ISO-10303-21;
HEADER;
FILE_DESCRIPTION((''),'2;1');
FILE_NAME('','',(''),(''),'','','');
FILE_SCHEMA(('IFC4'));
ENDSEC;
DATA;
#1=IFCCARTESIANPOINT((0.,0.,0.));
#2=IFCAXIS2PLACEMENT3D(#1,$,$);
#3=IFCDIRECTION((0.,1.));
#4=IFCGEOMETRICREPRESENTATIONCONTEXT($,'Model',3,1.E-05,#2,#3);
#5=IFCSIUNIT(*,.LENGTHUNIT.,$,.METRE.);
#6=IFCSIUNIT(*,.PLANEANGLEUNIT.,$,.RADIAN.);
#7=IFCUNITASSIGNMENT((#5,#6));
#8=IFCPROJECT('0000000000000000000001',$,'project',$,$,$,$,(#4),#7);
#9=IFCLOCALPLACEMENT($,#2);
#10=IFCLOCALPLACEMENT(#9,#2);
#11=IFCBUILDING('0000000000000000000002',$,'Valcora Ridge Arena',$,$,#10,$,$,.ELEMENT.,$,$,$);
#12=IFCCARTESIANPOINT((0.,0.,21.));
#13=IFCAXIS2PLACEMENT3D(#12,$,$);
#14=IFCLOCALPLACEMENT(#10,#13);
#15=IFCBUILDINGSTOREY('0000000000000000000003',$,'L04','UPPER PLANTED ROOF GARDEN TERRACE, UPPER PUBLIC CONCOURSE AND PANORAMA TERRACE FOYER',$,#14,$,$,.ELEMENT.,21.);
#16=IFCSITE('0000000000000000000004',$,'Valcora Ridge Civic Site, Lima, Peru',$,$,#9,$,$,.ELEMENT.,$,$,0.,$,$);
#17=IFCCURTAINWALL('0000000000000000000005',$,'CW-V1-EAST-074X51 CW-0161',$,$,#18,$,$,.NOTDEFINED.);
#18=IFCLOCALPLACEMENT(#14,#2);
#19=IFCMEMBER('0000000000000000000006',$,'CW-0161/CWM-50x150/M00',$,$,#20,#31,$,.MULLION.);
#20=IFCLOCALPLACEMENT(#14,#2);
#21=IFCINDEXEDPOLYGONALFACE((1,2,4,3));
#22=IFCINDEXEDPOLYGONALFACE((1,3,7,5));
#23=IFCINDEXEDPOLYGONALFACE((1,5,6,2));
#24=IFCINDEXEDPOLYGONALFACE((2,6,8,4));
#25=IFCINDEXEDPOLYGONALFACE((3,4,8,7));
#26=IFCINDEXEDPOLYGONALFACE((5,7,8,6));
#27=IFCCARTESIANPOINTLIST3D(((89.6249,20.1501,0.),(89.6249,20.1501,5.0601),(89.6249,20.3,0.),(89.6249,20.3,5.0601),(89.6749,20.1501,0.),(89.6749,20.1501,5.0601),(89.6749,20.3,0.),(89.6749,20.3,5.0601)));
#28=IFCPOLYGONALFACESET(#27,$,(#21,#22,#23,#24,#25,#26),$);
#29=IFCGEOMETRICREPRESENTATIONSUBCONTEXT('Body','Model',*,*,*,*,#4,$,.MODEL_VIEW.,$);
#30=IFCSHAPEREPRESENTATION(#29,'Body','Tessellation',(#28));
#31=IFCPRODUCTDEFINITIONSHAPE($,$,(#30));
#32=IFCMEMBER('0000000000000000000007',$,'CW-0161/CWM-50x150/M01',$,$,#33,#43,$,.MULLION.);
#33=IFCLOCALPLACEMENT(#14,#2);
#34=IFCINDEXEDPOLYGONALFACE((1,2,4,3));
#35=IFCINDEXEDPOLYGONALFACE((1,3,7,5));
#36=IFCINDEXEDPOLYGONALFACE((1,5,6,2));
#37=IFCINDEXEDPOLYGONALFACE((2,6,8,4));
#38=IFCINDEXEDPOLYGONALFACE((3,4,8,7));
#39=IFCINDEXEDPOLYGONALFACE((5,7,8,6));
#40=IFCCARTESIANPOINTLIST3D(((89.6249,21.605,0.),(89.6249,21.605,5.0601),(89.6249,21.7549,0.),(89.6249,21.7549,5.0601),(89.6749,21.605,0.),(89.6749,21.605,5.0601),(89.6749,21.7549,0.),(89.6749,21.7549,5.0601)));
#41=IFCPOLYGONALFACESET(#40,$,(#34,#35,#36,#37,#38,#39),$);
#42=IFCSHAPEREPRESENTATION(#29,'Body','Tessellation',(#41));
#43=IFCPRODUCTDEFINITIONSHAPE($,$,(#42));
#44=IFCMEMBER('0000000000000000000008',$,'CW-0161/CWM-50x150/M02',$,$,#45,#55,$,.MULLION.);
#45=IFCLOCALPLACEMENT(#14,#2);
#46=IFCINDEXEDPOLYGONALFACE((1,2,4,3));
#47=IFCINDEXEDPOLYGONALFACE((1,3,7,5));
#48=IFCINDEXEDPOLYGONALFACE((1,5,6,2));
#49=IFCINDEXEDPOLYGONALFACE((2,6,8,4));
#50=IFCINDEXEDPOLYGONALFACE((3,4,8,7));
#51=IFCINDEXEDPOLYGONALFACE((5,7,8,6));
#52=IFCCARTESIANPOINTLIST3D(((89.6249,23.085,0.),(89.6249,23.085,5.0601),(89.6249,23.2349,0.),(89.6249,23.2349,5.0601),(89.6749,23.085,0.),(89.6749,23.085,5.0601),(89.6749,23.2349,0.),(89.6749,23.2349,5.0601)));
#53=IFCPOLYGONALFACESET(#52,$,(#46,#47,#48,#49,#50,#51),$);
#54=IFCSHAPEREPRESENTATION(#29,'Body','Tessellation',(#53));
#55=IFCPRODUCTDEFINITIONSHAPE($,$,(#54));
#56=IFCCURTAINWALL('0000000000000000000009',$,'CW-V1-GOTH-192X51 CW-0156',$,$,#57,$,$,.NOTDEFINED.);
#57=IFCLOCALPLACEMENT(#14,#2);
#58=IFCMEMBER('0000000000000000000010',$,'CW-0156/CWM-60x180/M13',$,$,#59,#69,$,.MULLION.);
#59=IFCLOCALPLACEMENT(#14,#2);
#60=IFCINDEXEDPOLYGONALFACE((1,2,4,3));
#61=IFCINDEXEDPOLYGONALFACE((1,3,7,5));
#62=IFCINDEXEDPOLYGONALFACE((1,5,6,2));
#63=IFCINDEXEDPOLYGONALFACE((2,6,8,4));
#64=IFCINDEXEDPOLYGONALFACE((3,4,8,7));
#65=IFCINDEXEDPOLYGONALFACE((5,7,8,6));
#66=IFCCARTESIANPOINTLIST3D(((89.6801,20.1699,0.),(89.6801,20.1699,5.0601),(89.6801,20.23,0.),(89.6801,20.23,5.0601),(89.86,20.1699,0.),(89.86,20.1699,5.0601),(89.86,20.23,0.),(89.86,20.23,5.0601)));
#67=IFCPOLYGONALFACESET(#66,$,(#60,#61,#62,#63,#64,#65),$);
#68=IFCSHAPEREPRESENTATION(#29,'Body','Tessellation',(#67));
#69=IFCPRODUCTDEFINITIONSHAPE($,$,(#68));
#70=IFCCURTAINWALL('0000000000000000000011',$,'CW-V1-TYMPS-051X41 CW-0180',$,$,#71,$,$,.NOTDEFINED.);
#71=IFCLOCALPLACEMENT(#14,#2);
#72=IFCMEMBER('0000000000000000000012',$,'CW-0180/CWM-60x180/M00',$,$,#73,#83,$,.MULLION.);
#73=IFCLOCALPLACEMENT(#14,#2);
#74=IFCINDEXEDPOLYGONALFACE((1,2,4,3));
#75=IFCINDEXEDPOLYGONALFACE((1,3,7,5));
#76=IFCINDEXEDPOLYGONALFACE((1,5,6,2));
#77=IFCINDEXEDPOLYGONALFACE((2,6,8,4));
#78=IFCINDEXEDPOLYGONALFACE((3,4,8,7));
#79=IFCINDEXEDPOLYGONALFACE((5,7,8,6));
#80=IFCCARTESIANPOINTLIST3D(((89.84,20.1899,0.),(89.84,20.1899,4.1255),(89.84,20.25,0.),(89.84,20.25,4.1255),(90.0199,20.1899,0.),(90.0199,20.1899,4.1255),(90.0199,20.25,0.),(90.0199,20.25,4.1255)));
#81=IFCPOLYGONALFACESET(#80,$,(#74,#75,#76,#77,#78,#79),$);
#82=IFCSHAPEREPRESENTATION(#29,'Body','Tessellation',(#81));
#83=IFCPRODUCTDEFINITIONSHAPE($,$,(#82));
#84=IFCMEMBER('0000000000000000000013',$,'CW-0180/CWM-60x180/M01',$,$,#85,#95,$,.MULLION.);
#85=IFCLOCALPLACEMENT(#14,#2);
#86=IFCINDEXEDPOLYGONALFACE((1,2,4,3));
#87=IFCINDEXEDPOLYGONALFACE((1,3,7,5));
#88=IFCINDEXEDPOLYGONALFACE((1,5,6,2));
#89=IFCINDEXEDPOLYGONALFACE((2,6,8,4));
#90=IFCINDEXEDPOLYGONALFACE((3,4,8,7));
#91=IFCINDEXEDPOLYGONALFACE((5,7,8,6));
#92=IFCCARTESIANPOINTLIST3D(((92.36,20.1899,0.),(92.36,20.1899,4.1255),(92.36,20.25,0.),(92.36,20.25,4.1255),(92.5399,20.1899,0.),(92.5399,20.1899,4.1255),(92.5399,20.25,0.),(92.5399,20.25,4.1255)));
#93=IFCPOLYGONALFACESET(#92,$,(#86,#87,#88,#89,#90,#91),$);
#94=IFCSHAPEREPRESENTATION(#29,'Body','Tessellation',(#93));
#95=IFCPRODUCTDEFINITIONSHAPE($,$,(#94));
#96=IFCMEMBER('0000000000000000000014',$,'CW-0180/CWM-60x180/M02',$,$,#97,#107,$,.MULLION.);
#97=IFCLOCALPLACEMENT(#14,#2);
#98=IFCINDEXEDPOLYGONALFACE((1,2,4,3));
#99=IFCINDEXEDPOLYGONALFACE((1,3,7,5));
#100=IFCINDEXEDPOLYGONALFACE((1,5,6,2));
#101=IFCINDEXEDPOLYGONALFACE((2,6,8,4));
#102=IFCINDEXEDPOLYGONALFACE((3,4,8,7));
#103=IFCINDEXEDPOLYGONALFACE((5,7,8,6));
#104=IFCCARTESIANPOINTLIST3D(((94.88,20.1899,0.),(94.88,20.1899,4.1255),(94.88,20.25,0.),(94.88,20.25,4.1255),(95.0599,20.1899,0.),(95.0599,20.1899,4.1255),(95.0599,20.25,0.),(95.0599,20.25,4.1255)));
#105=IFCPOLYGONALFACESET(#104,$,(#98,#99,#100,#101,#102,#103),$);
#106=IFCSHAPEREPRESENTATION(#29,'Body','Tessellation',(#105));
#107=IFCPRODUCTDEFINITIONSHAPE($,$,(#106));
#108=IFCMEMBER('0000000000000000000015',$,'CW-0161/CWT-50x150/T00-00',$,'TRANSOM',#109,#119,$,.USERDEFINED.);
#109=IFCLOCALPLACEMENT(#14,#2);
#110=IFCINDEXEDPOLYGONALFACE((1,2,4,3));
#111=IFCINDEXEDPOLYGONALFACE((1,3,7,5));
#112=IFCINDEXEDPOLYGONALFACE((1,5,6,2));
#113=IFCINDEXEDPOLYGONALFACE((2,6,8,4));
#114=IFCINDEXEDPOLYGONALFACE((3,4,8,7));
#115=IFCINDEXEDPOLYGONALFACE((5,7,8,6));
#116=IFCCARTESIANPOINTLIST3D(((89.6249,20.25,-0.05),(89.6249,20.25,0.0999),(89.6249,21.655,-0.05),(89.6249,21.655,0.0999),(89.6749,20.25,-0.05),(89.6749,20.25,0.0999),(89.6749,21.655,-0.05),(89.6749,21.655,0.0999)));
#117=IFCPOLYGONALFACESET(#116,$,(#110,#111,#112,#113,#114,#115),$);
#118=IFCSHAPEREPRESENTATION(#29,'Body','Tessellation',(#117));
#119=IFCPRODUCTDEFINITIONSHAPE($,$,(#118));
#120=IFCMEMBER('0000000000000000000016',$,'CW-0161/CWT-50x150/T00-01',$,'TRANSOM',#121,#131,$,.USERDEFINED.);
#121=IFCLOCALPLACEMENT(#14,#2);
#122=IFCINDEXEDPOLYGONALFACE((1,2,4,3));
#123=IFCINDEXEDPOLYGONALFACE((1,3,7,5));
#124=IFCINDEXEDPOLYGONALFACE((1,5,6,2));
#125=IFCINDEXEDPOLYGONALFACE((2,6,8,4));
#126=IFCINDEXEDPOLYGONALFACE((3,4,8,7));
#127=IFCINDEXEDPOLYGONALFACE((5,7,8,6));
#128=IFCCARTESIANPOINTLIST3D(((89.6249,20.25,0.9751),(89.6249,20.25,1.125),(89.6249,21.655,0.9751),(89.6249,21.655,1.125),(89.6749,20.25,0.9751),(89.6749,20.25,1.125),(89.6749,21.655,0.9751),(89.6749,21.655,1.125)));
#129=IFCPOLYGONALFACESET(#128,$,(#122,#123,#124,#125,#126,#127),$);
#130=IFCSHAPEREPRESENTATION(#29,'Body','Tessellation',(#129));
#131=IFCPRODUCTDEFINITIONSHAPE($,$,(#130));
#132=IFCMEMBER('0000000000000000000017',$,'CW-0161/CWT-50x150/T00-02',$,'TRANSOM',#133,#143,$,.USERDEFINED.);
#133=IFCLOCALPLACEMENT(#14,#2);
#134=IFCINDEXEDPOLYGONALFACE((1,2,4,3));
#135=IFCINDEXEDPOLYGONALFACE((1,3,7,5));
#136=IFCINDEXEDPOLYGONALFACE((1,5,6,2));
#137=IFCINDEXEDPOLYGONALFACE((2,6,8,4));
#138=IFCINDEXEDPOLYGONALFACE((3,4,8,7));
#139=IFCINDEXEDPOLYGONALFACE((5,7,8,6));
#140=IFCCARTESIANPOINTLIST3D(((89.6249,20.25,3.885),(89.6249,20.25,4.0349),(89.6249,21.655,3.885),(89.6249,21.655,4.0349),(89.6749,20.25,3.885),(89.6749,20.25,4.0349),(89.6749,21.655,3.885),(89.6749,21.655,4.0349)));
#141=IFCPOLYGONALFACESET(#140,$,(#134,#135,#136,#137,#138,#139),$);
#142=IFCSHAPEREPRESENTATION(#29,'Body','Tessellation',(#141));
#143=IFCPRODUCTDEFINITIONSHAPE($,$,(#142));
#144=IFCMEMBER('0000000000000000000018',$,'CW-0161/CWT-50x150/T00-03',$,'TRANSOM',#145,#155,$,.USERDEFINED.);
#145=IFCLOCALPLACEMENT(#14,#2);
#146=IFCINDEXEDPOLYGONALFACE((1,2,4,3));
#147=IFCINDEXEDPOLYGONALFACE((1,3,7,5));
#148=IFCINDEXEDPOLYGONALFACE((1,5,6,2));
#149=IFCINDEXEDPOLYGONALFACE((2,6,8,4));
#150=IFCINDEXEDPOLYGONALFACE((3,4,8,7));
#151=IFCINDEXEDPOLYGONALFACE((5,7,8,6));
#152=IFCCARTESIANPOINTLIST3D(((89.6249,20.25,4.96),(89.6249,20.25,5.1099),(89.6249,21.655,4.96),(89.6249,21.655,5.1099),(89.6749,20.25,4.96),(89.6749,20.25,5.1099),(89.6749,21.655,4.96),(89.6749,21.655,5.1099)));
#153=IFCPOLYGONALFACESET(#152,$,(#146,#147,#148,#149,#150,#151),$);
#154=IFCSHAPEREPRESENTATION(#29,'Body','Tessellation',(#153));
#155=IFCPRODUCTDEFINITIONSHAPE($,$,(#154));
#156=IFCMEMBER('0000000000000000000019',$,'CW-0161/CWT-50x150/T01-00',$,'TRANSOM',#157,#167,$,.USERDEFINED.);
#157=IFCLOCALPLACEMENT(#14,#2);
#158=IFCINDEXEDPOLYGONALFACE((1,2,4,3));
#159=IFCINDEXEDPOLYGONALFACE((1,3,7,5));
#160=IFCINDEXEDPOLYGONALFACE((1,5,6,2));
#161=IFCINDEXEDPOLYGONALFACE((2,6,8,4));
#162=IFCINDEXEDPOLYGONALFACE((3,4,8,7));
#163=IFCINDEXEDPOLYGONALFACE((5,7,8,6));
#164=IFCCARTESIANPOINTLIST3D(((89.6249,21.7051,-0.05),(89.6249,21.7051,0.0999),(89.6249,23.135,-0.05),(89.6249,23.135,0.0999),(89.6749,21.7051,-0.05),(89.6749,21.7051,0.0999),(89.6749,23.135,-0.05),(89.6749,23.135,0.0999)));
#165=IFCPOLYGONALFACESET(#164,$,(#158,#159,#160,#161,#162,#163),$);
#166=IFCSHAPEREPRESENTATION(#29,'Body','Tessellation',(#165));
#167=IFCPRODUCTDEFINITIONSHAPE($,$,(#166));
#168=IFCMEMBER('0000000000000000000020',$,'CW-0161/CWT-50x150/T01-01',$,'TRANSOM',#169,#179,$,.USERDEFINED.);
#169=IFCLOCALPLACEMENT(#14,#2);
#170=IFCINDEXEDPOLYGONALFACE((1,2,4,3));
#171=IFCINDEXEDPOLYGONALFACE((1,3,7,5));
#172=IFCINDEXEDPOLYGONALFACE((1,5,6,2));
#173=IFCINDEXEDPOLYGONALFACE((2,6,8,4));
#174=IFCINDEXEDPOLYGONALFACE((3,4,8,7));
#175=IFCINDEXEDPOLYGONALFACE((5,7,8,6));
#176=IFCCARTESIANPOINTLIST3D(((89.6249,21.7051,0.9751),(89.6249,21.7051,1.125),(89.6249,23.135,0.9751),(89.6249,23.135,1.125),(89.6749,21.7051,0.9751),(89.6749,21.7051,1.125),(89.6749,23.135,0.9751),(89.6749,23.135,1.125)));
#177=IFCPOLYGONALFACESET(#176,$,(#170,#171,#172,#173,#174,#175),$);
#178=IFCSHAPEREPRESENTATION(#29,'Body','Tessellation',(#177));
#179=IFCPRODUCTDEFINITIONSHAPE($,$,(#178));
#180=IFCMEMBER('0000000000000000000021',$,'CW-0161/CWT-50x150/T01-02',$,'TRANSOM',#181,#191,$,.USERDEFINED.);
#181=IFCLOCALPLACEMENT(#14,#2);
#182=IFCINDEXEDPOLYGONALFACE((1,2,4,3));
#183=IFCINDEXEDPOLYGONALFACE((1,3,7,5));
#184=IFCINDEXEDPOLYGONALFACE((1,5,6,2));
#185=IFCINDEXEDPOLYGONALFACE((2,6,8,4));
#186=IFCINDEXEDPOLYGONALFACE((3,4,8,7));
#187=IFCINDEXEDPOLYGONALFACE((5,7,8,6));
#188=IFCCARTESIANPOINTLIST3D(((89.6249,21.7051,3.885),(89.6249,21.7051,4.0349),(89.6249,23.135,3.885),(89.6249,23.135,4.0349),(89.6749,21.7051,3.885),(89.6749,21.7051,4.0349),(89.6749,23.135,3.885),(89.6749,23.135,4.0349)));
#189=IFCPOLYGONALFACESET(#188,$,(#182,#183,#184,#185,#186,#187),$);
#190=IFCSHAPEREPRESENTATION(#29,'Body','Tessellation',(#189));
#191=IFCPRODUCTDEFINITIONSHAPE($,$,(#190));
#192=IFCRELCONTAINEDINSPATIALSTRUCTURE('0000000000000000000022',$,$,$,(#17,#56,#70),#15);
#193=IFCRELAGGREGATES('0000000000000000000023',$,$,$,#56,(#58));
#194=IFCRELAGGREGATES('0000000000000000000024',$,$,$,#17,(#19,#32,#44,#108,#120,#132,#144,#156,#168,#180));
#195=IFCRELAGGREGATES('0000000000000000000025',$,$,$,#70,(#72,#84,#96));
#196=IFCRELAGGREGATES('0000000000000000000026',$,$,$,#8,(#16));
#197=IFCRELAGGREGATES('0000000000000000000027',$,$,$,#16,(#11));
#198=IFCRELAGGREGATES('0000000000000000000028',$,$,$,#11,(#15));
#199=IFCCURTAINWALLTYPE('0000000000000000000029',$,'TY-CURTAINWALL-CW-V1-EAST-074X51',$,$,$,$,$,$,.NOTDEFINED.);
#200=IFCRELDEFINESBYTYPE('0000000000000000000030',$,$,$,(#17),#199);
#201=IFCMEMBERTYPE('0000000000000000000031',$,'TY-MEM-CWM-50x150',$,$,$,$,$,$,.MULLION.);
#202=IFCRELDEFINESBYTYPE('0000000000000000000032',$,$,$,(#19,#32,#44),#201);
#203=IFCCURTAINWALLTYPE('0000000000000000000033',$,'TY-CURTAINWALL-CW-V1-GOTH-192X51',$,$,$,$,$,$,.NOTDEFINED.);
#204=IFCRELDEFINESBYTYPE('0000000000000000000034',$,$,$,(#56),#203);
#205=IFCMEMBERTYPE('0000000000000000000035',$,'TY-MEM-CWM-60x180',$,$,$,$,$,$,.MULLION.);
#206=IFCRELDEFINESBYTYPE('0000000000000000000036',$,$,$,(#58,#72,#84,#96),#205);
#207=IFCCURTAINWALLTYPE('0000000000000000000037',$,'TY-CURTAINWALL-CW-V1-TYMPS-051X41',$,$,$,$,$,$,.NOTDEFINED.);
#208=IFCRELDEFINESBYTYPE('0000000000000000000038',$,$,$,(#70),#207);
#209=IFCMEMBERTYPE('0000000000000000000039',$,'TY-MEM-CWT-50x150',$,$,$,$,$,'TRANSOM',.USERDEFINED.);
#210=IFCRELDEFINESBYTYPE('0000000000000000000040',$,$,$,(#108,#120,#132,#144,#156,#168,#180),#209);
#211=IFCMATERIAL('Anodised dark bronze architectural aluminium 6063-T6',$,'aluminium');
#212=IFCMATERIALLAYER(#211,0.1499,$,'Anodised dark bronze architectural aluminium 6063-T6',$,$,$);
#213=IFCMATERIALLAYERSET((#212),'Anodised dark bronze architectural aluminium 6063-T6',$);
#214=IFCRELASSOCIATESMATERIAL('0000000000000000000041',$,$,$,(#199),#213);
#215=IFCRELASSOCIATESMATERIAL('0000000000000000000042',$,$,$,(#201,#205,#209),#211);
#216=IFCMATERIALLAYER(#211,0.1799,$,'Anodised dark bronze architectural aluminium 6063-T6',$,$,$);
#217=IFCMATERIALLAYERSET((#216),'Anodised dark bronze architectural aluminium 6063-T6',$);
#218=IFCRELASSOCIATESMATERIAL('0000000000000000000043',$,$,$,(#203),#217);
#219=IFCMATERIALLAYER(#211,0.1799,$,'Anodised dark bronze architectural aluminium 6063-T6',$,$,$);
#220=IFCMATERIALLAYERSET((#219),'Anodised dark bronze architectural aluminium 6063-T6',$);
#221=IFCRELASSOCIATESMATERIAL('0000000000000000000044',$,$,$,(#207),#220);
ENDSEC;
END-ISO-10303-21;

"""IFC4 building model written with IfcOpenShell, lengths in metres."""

from ifc_helpers import new_model, si_unit, direction, frame, origin, origin_2d, place, context, subcontext, project, spatial, rectangle, extrude, material, layer, layer_set, material_profile, profile_set, type_object, element, aggregate, save


model = new_model("IFC4")

# Units and contexts
model_context = context("Model", 3, precision=1e-05, world=origin(), true_north=direction((0.0, 1.0)))
body_context = subcontext(model_context, "Body", "Model", "MODEL_VIEW")
ifc_project = project(units=[si_unit("LENGTHUNIT", "METRE"), si_unit("PLANEANGLEUNIT", "RADIAN")], contexts=[model_context])

# Site, building, storey
site_placement = place(None, origin())
site = spatial("IfcSite", under=ifc_project, at=site_placement, Name="Valcora Ridge Civic Site, Lima, Peru", CompositionType="ELEMENT", RefElevation=0.0)
building_placement = place(site_placement, origin())
building = spatial("IfcBuilding", under=site, at=building_placement, Name="Valcora Ridge Arena", CompositionType="ELEMENT")
storey_placement = place(building_placement, frame((0.0, 0.0, 21.0)))
storey = spatial("IfcBuildingStorey", under=building, at=storey_placement, Name="L04", Description="UPPER PLANTED ROOF GARDEN TERRACE, UPPER PUBLIC CONCOURSE AND PANORAMA TERRACE FOYER", CompositionType="ELEMENT", Elevation=21.0)

# Curtain wall, members
ifc_material_1 = material(Name="Anodised dark bronze architectural aluminium 6063-T6", Category="aluminium")
ifc_layer_1 = layer(ifc_material_1, 0.1499, Name="Anodised dark bronze architectural aluminium 6063-T6")
ifc_layer_set_1 = layer_set([ifc_layer_1], Name="Anodised dark bronze architectural aluminium 6063-T6")
curtain_wall_type_1 = type_object("IfcCurtainWallType", Name="TY-CURTAINWALL-CW-V1-EAST-074X51", PredefinedType="NOTDEFINED", material=ifc_layer_set_1)
curtain_wall_1_placement = place(storey_placement, origin())
curtain_wall_1 = element("IfcCurtainWall", 1, at=curtain_wall_1_placement, inside=storey, type_object=curtain_wall_type_1, Name="CW-V1-EAST-074X51 CW-0161", PredefinedType="NOTDEFINED")
ifc_material_profile_1 = material_profile(ifc_material_1, rectangle(XDim=0.05, YDim=0.1499, at=origin_2d()), Name="ALU MULLION 50x150")
ifc_profile_set_1 = profile_set([ifc_material_profile_1], Name="Anodised dark bronze architectural aluminium 6063-T6")
member_type_1 = type_object("IfcMemberType", Name="TY-MEM-CWM-50x150", PredefinedType="MULLION", material=ifc_profile_set_1)
member_1_placement = place(storey_placement, frame((89.6499, 20.2251, 0.0), z_axis=(0.0, 0.0, 1.0), x_axis=(-1.0, 0.0, 0.0)))
member_1 = element("IfcMember", 2, at=member_1_placement, type_object=member_type_1, Name="CW-0161/CWM-50x150/M00", PredefinedType="MULLION", context=body_context, shape_type="SweptSolid", body=[
    extrude(rectangle(XDim=0.05, YDim=0.1499, at=origin_2d()), origin(), (0.0, 0.0, 1.0), 5.0601),
])
member_2_placement = place(storey_placement, frame((89.6499, 21.6799, 0.0), z_axis=(0.0, 0.0, 1.0), x_axis=(-1.0, 0.0, 0.0)))
member_2 = element("IfcMember", 3, at=member_2_placement, type_object=member_type_1, Name="CW-0161/CWM-50x150/M01", PredefinedType="MULLION", context=body_context, shape_type="SweptSolid", body=[
    extrude(rectangle(XDim=0.05, YDim=0.1499, at=origin_2d()), origin(), (0.0, 0.0, 1.0), 5.0601),
])
member_3_placement = place(storey_placement, frame((89.6499, 23.1599, 0.0), z_axis=(0.0, 0.0, 1.0), x_axis=(-1.0, 0.0, 0.0)))
member_3 = element("IfcMember", 4, at=member_3_placement, type_object=member_type_1, Name="CW-0161/CWM-50x150/M02", PredefinedType="MULLION", context=body_context, shape_type="SweptSolid", body=[
    extrude(rectangle(XDim=0.05, YDim=0.1499, at=origin_2d()), origin(), (0.0, 0.0, 1.0), 5.0601),
])

# Curtain wall, member
ifc_layer_2 = layer(ifc_material_1, 0.1799, Name="Anodised dark bronze architectural aluminium 6063-T6")
ifc_layer_set_2 = layer_set([ifc_layer_2], Name="Anodised dark bronze architectural aluminium 6063-T6")
curtain_wall_type_2 = type_object("IfcCurtainWallType", Name="TY-CURTAINWALL-CW-V1-GOTH-192X51", PredefinedType="NOTDEFINED", material=ifc_layer_set_2)
curtain_wall_2_placement = place(storey_placement, origin())
curtain_wall_2 = element("IfcCurtainWall", 5, at=curtain_wall_2_placement, inside=storey, type_object=curtain_wall_type_2, Name="CW-V1-GOTH-192X51 CW-0156", PredefinedType="NOTDEFINED")
ifc_material_profile_2 = material_profile(ifc_material_1, rectangle(XDim=0.0601, YDim=0.1799, at=origin_2d()), Name="ALU MULLION 60x180")
ifc_profile_set_2 = profile_set([ifc_material_profile_2], Name="Anodised dark bronze architectural aluminium 6063-T6")
member_type_2 = type_object("IfcMemberType", Name="TY-MEM-CWM-60x180", PredefinedType="MULLION", material=ifc_profile_set_2)
member_4_placement = place(storey_placement, frame((89.77, 20.2, 0.0), z_axis=(0.0, 0.0, 1.0), x_axis=(0.0, 1.0, 0.0)))
member_4 = element("IfcMember", 6, at=member_4_placement, type_object=member_type_2, Name="CW-0156/CWM-60x180/M13", PredefinedType="MULLION", context=body_context, shape_type="SweptSolid", body=[
    extrude(rectangle(XDim=0.0601, YDim=0.1799, at=origin_2d()), origin(), (0.0, 0.0, 1.0), 5.0601),
])
aggregate(curtain_wall_2, [member_4])

# Curtain wall, members
ifc_layer_3 = layer(ifc_material_1, 0.1799, Name="Anodised dark bronze architectural aluminium 6063-T6")
ifc_layer_set_3 = layer_set([ifc_layer_3], Name="Anodised dark bronze architectural aluminium 6063-T6")
curtain_wall_type_3 = type_object("IfcCurtainWallType", Name="TY-CURTAINWALL-CW-V1-TYMPS-051X41", PredefinedType="NOTDEFINED", material=ifc_layer_set_3)
curtain_wall_3_placement = place(storey_placement, origin())
curtain_wall_3 = element("IfcCurtainWall", 7, at=curtain_wall_3_placement, inside=storey, type_object=curtain_wall_type_3, Name="CW-V1-TYMPS-051X41 CW-0180", PredefinedType="NOTDEFINED")
member_5_placement = place(storey_placement, frame((89.9299, 20.22, 0.0), z_axis=(0.0, 0.0, 1.0), x_axis=(0.0, 1.0, 0.0)))
member_5 = element("IfcMember", 8, at=member_5_placement, type_object=member_type_2, Name="CW-0180/CWM-60x180/M00", PredefinedType="MULLION", context=body_context, shape_type="SweptSolid", body=[
    extrude(rectangle(XDim=0.0601, YDim=0.1799, at=origin_2d()), origin(), (0.0, 0.0, 1.0), 4.1255),
])
member_6_placement = place(storey_placement, frame((92.45, 20.22, 0.0), z_axis=(0.0, 0.0, 1.0), x_axis=(0.0, 1.0, 0.0)))
member_6 = element("IfcMember", 9, at=member_6_placement, type_object=member_type_2, Name="CW-0180/CWM-60x180/M01", PredefinedType="MULLION", context=body_context, shape_type="SweptSolid", body=[
    extrude(rectangle(XDim=0.0601, YDim=0.1799, at=origin_2d()), origin(), (0.0, 0.0, 1.0), 4.1255),
])
member_7_placement = place(storey_placement, frame((94.97, 20.22, 0.0), z_axis=(0.0, 0.0, 1.0), x_axis=(0.0, 1.0, 0.0)))
member_7 = element("IfcMember", 10, at=member_7_placement, type_object=member_type_2, Name="CW-0180/CWM-60x180/M02", PredefinedType="MULLION", context=body_context, shape_type="SweptSolid", body=[
    extrude(rectangle(XDim=0.0601, YDim=0.1799, at=origin_2d()), origin(), (0.0, 0.0, 1.0), 4.1255),
])

# Members
ifc_material_profile_3 = material_profile(ifc_material_1, rectangle(XDim=0.05, YDim=0.1499, at=origin_2d()), Name="ALU TRANSOM 50x150")
ifc_profile_set_3 = profile_set([ifc_material_profile_3], Name="Anodised dark bronze architectural aluminium 6063-T6")
member_type_3 = type_object("IfcMemberType", Name="TY-MEM-CWT-50x150", ElementType="TRANSOM", PredefinedType="USERDEFINED", material=ifc_profile_set_3)
member_8_placement = place(storey_placement, frame((89.6499, 20.25, 0.0249), z_axis=(0.0, 1.0, 0.0), x_axis=(-1.0, 0.0, 0.0)))
member_8 = element("IfcMember", 11, at=member_8_placement, type_object=member_type_3, Name="CW-0161/CWT-50x150/T00-00", ObjectType="TRANSOM", PredefinedType="USERDEFINED", context=body_context, shape_type="SweptSolid", body=[
    extrude(rectangle(XDim=0.05, YDim=0.1499, at=origin_2d()), origin(), (0.0, 0.0, 1.0), 1.405),
])
member_9_placement = place(storey_placement, frame((89.6499, 20.25, 1.05), z_axis=(0.0, 1.0, 0.0), x_axis=(-1.0, 0.0, 0.0)))
member_9 = element("IfcMember", 12, at=member_9_placement, type_object=member_type_3, Name="CW-0161/CWT-50x150/T00-01", ObjectType="TRANSOM", PredefinedType="USERDEFINED", context=body_context, shape_type="SweptSolid", body=[
    extrude(rectangle(XDim=0.05, YDim=0.1499, at=origin_2d()), origin(), (0.0, 0.0, 1.0), 1.405),
])
member_10_placement = place(storey_placement, frame((89.6499, 20.25, 3.96), z_axis=(0.0, 1.0, 0.0), x_axis=(-1.0, 0.0, 0.0)))
member_10 = element("IfcMember", 13, at=member_10_placement, type_object=member_type_3, Name="CW-0161/CWT-50x150/T00-02", ObjectType="TRANSOM", PredefinedType="USERDEFINED", context=body_context, shape_type="SweptSolid", body=[
    extrude(rectangle(XDim=0.05, YDim=0.1499, at=origin_2d()), origin(), (0.0, 0.0, 1.0), 1.405),
])
member_11_placement = place(storey_placement, frame((89.6499, 20.25, 5.0349), z_axis=(0.0, 1.0, 0.0), x_axis=(-1.0, 0.0, 0.0)))
member_11 = element("IfcMember", 14, at=member_11_placement, type_object=member_type_3, Name="CW-0161/CWT-50x150/T00-03", ObjectType="TRANSOM", PredefinedType="USERDEFINED", context=body_context, shape_type="SweptSolid", body=[
    extrude(rectangle(XDim=0.05, YDim=0.1499, at=origin_2d()), origin(), (0.0, 0.0, 1.0), 1.405),
])
member_12_placement = place(storey_placement, frame((89.6499, 21.7051, 0.0249), z_axis=(0.0, 1.0, 0.0), x_axis=(-1.0, 0.0, 0.0)))
member_12 = element("IfcMember", 15, at=member_12_placement, type_object=member_type_3, Name="CW-0161/CWT-50x150/T01-00", ObjectType="TRANSOM", PredefinedType="USERDEFINED", context=body_context, shape_type="SweptSolid", body=[
    extrude(rectangle(XDim=0.05, YDim=0.1499, at=origin_2d()), origin(), (0.0, 0.0, 1.0), 1.4299),
])
member_13_placement = place(storey_placement, frame((89.6499, 21.7051, 1.05), z_axis=(0.0, 1.0, 0.0), x_axis=(-1.0, 0.0, 0.0)))
member_13 = element("IfcMember", 16, at=member_13_placement, type_object=member_type_3, Name="CW-0161/CWT-50x150/T01-01", ObjectType="TRANSOM", PredefinedType="USERDEFINED", context=body_context, shape_type="SweptSolid", body=[
    extrude(rectangle(XDim=0.05, YDim=0.1499, at=origin_2d()), origin(), (0.0, 0.0, 1.0), 1.4299),
])
member_14_placement = place(storey_placement, frame((89.6499, 21.7051, 3.96), z_axis=(0.0, 1.0, 0.0), x_axis=(-1.0, 0.0, 0.0)))
member_14 = element("IfcMember", 17, at=member_14_placement, type_object=member_type_3, Name="CW-0161/CWT-50x150/T01-02", ObjectType="TRANSOM", PredefinedType="USERDEFINED", context=body_context, shape_type="SweptSolid", body=[
    extrude(rectangle(XDim=0.05, YDim=0.1499, at=origin_2d()), origin(), (0.0, 0.0, 1.0), 1.4299),
])

aggregate(curtain_wall_1, [member_1, member_2, member_3, member_8, member_9, member_10, member_11, member_12, member_13, member_14])
aggregate(curtain_wall_3, [member_5, member_6, member_7])

save(model, "model.ifc")
